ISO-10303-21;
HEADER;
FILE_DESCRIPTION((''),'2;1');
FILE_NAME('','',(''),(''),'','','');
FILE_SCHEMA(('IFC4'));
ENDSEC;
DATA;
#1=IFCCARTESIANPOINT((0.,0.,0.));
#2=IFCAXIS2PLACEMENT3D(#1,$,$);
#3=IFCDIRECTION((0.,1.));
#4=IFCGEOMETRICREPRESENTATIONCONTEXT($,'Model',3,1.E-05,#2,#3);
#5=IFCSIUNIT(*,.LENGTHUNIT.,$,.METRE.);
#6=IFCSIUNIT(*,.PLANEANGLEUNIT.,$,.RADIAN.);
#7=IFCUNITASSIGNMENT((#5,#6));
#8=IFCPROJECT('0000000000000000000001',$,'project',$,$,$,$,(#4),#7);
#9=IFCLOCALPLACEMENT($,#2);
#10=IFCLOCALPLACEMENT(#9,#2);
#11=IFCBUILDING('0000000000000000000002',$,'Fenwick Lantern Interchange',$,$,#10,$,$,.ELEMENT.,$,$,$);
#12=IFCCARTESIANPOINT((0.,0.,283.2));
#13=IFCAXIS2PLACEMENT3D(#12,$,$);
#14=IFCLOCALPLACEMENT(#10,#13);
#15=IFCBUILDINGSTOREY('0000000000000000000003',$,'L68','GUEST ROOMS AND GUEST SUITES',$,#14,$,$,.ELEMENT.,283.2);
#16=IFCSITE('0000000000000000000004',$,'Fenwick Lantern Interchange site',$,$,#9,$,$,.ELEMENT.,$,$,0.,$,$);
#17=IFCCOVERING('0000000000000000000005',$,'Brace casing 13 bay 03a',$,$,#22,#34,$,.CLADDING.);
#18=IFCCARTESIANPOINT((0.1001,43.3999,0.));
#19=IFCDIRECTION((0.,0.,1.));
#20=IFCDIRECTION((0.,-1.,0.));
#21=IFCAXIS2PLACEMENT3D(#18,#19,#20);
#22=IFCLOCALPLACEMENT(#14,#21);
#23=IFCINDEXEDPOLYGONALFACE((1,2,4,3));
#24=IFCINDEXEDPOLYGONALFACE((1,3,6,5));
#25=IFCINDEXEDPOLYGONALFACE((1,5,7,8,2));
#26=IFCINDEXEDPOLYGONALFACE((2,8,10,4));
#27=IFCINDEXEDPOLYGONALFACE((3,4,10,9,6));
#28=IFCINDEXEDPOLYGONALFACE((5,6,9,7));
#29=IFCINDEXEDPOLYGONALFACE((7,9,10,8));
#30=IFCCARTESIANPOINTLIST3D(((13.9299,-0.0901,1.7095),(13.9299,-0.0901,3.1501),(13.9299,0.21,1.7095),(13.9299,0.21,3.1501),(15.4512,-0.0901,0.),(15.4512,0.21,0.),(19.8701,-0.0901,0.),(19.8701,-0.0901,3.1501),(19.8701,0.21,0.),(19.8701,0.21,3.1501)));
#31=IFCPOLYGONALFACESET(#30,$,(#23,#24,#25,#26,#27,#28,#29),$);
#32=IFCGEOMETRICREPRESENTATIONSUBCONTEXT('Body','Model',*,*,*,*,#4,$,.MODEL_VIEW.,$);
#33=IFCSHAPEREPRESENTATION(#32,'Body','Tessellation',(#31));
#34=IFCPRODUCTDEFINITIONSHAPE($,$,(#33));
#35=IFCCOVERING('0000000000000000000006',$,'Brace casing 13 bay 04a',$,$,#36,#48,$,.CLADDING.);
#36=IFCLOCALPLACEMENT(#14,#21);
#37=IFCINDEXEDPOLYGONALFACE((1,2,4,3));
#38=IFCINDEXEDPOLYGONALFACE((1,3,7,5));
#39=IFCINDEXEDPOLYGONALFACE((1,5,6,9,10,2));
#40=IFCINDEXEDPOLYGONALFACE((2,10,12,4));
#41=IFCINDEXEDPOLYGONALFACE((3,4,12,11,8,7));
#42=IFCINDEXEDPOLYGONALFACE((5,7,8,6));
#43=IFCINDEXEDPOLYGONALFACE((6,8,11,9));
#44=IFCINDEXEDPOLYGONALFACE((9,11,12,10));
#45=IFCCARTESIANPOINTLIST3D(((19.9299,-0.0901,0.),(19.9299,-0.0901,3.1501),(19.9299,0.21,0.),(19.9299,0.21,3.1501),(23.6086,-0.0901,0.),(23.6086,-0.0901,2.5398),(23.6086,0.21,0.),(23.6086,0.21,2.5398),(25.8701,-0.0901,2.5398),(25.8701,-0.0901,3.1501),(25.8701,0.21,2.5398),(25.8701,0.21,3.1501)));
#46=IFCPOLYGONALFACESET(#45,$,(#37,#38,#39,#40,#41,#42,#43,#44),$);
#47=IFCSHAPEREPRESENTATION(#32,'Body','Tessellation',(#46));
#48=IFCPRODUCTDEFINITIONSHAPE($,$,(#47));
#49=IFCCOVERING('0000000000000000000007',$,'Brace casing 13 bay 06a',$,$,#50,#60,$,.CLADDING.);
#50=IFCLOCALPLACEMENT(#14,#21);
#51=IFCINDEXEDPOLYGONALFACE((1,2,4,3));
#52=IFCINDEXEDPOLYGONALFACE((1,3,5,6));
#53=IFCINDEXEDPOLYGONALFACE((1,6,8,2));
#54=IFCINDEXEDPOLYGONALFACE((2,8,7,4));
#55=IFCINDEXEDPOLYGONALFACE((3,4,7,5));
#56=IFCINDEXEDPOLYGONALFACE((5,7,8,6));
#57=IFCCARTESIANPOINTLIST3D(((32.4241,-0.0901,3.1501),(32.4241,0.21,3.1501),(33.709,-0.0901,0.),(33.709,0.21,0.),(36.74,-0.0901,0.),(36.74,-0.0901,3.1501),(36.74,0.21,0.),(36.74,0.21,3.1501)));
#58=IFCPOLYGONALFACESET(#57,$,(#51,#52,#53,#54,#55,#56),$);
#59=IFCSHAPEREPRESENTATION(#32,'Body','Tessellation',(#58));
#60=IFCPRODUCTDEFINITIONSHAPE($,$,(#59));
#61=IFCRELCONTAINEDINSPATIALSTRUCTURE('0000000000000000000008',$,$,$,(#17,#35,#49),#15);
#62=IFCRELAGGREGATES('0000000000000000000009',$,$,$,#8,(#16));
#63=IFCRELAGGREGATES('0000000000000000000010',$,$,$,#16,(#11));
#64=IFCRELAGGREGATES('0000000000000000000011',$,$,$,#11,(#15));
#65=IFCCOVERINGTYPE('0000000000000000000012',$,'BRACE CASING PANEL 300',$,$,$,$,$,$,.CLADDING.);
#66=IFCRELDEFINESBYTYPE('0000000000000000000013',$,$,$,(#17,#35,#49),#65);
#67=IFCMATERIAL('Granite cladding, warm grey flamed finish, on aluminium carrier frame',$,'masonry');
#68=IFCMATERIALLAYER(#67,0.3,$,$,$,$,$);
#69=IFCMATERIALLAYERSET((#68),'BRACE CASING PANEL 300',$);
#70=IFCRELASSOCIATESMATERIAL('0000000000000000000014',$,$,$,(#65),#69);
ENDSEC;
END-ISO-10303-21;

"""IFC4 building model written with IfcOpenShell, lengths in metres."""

from ifc_helpers import new_model, si_unit, direction, frame, origin, place, context, subcontext, project, spatial, polyline, outline, extrude, material, layer, layer_set, type_object, element, save


model = new_model("IFC4")

# Units and contexts
model_context = context("Model", 3, precision=1e-05, world=origin(), true_north=direction((0.0, 1.0)))
body_context = subcontext(model_context, "Body", "Model", "MODEL_VIEW")
ifc_project = project(units=[si_unit("LENGTHUNIT", "METRE"), si_unit("PLANEANGLEUNIT", "RADIAN")], contexts=[model_context])

# Site, building, storey
site_placement = place(None, origin())
site = spatial("IfcSite", under=ifc_project, at=site_placement, Name="Fenwick Lantern Interchange site", CompositionType="ELEMENT", RefElevation=0.0)
building_placement = place(site_placement, origin())
building = spatial("IfcBuilding", under=site, at=building_placement, Name="Fenwick Lantern Interchange", CompositionType="ELEMENT")
storey_placement = place(building_placement, frame((0.0, 0.0, 283.2)))
storey = spatial("IfcBuildingStorey", under=building, at=storey_placement, Name="L68", Description="GUEST ROOMS AND GUEST SUITES", CompositionType="ELEMENT", Elevation=283.2)

# Coverings
ifc_material_1 = material(Name="Granite cladding, warm grey flamed finish, on aluminium carrier frame", Category="masonry")
ifc_layer_1 = layer(ifc_material_1, 0.3)
ifc_layer_set_1 = layer_set([ifc_layer_1], Name="BRACE CASING PANEL 300")
covering_type = type_object("IfcCoveringType", Name="BRACE CASING PANEL 300", PredefinedType="CLADDING", material=ifc_layer_set_1)
covering_1_placement = place(storey_placement, frame((0.1001, 43.3999, 0.0), z_axis=(0.0, 0.0, 1.0), x_axis=(0.0, -1.0, 0.0)))
element("IfcCovering", 1, at=covering_1_placement, inside=storey, type_object=covering_type, Name="Brace casing 13 bay 03a", PredefinedType="CLADDING", context=body_context, shape_type="SweptSolid", body=[
    extrude(outline(polyline([(15.4512, 0.0), (19.8701, 0.0), (19.8701, 3.1501), (13.9299, 3.1501), (13.9299, 1.7095), (15.4512, 0.0)])), frame((0.0, 0.21, 0.0), z_axis=(0.0, -1.0, 0.0), x_axis=(1.0, 0.0, 0.0)), (0.0, 0.0, 1.0), 0.3),
])
covering_2_placement = place(storey_placement, frame((0.1001, 43.3999, 0.0), z_axis=(0.0, 0.0, 1.0), x_axis=(0.0, -1.0, 0.0)))
element("IfcCovering", 2, at=covering_2_placement, inside=storey, type_object=covering_type, Name="Brace casing 13 bay 04a", PredefinedType="CLADDING", context=body_context, shape_type="SweptSolid", body=[
    extrude(outline(polyline([(19.9299, 0.0), (23.6086, 0.0), (23.6086, 2.5398), (25.8701, 2.5398), (25.8701, 3.1501), (19.9299, 3.1501), (19.9299, 0.0)])), frame((0.0, 0.21, 0.0), z_axis=(0.0, -1.0, 0.0), x_axis=(1.0, 0.0, 0.0)), (0.0, 0.0, 1.0), 0.3),
])
covering_3_placement = place(storey_placement, frame((0.1001, 43.3999, 0.0), z_axis=(0.0, 0.0, 1.0), x_axis=(0.0, -1.0, 0.0)))
element("IfcCovering", 3, at=covering_3_placement, inside=storey, type_object=covering_type, Name="Brace casing 13 bay 06a", PredefinedType="CLADDING", context=body_context, shape_type="SweptSolid", body=[
    extrude(outline(polyline([(33.709, 0.0), (36.74, 0.0), (36.74, 3.1501), (32.4241, 3.1501), (33.709, 0.0)])), frame((0.0, 0.21, 0.0), z_axis=(0.0, -1.0, 0.0), x_axis=(1.0, 0.0, 0.0)), (0.0, 0.0, 1.0), 0.3),
])

save(model, "model.ifc")
